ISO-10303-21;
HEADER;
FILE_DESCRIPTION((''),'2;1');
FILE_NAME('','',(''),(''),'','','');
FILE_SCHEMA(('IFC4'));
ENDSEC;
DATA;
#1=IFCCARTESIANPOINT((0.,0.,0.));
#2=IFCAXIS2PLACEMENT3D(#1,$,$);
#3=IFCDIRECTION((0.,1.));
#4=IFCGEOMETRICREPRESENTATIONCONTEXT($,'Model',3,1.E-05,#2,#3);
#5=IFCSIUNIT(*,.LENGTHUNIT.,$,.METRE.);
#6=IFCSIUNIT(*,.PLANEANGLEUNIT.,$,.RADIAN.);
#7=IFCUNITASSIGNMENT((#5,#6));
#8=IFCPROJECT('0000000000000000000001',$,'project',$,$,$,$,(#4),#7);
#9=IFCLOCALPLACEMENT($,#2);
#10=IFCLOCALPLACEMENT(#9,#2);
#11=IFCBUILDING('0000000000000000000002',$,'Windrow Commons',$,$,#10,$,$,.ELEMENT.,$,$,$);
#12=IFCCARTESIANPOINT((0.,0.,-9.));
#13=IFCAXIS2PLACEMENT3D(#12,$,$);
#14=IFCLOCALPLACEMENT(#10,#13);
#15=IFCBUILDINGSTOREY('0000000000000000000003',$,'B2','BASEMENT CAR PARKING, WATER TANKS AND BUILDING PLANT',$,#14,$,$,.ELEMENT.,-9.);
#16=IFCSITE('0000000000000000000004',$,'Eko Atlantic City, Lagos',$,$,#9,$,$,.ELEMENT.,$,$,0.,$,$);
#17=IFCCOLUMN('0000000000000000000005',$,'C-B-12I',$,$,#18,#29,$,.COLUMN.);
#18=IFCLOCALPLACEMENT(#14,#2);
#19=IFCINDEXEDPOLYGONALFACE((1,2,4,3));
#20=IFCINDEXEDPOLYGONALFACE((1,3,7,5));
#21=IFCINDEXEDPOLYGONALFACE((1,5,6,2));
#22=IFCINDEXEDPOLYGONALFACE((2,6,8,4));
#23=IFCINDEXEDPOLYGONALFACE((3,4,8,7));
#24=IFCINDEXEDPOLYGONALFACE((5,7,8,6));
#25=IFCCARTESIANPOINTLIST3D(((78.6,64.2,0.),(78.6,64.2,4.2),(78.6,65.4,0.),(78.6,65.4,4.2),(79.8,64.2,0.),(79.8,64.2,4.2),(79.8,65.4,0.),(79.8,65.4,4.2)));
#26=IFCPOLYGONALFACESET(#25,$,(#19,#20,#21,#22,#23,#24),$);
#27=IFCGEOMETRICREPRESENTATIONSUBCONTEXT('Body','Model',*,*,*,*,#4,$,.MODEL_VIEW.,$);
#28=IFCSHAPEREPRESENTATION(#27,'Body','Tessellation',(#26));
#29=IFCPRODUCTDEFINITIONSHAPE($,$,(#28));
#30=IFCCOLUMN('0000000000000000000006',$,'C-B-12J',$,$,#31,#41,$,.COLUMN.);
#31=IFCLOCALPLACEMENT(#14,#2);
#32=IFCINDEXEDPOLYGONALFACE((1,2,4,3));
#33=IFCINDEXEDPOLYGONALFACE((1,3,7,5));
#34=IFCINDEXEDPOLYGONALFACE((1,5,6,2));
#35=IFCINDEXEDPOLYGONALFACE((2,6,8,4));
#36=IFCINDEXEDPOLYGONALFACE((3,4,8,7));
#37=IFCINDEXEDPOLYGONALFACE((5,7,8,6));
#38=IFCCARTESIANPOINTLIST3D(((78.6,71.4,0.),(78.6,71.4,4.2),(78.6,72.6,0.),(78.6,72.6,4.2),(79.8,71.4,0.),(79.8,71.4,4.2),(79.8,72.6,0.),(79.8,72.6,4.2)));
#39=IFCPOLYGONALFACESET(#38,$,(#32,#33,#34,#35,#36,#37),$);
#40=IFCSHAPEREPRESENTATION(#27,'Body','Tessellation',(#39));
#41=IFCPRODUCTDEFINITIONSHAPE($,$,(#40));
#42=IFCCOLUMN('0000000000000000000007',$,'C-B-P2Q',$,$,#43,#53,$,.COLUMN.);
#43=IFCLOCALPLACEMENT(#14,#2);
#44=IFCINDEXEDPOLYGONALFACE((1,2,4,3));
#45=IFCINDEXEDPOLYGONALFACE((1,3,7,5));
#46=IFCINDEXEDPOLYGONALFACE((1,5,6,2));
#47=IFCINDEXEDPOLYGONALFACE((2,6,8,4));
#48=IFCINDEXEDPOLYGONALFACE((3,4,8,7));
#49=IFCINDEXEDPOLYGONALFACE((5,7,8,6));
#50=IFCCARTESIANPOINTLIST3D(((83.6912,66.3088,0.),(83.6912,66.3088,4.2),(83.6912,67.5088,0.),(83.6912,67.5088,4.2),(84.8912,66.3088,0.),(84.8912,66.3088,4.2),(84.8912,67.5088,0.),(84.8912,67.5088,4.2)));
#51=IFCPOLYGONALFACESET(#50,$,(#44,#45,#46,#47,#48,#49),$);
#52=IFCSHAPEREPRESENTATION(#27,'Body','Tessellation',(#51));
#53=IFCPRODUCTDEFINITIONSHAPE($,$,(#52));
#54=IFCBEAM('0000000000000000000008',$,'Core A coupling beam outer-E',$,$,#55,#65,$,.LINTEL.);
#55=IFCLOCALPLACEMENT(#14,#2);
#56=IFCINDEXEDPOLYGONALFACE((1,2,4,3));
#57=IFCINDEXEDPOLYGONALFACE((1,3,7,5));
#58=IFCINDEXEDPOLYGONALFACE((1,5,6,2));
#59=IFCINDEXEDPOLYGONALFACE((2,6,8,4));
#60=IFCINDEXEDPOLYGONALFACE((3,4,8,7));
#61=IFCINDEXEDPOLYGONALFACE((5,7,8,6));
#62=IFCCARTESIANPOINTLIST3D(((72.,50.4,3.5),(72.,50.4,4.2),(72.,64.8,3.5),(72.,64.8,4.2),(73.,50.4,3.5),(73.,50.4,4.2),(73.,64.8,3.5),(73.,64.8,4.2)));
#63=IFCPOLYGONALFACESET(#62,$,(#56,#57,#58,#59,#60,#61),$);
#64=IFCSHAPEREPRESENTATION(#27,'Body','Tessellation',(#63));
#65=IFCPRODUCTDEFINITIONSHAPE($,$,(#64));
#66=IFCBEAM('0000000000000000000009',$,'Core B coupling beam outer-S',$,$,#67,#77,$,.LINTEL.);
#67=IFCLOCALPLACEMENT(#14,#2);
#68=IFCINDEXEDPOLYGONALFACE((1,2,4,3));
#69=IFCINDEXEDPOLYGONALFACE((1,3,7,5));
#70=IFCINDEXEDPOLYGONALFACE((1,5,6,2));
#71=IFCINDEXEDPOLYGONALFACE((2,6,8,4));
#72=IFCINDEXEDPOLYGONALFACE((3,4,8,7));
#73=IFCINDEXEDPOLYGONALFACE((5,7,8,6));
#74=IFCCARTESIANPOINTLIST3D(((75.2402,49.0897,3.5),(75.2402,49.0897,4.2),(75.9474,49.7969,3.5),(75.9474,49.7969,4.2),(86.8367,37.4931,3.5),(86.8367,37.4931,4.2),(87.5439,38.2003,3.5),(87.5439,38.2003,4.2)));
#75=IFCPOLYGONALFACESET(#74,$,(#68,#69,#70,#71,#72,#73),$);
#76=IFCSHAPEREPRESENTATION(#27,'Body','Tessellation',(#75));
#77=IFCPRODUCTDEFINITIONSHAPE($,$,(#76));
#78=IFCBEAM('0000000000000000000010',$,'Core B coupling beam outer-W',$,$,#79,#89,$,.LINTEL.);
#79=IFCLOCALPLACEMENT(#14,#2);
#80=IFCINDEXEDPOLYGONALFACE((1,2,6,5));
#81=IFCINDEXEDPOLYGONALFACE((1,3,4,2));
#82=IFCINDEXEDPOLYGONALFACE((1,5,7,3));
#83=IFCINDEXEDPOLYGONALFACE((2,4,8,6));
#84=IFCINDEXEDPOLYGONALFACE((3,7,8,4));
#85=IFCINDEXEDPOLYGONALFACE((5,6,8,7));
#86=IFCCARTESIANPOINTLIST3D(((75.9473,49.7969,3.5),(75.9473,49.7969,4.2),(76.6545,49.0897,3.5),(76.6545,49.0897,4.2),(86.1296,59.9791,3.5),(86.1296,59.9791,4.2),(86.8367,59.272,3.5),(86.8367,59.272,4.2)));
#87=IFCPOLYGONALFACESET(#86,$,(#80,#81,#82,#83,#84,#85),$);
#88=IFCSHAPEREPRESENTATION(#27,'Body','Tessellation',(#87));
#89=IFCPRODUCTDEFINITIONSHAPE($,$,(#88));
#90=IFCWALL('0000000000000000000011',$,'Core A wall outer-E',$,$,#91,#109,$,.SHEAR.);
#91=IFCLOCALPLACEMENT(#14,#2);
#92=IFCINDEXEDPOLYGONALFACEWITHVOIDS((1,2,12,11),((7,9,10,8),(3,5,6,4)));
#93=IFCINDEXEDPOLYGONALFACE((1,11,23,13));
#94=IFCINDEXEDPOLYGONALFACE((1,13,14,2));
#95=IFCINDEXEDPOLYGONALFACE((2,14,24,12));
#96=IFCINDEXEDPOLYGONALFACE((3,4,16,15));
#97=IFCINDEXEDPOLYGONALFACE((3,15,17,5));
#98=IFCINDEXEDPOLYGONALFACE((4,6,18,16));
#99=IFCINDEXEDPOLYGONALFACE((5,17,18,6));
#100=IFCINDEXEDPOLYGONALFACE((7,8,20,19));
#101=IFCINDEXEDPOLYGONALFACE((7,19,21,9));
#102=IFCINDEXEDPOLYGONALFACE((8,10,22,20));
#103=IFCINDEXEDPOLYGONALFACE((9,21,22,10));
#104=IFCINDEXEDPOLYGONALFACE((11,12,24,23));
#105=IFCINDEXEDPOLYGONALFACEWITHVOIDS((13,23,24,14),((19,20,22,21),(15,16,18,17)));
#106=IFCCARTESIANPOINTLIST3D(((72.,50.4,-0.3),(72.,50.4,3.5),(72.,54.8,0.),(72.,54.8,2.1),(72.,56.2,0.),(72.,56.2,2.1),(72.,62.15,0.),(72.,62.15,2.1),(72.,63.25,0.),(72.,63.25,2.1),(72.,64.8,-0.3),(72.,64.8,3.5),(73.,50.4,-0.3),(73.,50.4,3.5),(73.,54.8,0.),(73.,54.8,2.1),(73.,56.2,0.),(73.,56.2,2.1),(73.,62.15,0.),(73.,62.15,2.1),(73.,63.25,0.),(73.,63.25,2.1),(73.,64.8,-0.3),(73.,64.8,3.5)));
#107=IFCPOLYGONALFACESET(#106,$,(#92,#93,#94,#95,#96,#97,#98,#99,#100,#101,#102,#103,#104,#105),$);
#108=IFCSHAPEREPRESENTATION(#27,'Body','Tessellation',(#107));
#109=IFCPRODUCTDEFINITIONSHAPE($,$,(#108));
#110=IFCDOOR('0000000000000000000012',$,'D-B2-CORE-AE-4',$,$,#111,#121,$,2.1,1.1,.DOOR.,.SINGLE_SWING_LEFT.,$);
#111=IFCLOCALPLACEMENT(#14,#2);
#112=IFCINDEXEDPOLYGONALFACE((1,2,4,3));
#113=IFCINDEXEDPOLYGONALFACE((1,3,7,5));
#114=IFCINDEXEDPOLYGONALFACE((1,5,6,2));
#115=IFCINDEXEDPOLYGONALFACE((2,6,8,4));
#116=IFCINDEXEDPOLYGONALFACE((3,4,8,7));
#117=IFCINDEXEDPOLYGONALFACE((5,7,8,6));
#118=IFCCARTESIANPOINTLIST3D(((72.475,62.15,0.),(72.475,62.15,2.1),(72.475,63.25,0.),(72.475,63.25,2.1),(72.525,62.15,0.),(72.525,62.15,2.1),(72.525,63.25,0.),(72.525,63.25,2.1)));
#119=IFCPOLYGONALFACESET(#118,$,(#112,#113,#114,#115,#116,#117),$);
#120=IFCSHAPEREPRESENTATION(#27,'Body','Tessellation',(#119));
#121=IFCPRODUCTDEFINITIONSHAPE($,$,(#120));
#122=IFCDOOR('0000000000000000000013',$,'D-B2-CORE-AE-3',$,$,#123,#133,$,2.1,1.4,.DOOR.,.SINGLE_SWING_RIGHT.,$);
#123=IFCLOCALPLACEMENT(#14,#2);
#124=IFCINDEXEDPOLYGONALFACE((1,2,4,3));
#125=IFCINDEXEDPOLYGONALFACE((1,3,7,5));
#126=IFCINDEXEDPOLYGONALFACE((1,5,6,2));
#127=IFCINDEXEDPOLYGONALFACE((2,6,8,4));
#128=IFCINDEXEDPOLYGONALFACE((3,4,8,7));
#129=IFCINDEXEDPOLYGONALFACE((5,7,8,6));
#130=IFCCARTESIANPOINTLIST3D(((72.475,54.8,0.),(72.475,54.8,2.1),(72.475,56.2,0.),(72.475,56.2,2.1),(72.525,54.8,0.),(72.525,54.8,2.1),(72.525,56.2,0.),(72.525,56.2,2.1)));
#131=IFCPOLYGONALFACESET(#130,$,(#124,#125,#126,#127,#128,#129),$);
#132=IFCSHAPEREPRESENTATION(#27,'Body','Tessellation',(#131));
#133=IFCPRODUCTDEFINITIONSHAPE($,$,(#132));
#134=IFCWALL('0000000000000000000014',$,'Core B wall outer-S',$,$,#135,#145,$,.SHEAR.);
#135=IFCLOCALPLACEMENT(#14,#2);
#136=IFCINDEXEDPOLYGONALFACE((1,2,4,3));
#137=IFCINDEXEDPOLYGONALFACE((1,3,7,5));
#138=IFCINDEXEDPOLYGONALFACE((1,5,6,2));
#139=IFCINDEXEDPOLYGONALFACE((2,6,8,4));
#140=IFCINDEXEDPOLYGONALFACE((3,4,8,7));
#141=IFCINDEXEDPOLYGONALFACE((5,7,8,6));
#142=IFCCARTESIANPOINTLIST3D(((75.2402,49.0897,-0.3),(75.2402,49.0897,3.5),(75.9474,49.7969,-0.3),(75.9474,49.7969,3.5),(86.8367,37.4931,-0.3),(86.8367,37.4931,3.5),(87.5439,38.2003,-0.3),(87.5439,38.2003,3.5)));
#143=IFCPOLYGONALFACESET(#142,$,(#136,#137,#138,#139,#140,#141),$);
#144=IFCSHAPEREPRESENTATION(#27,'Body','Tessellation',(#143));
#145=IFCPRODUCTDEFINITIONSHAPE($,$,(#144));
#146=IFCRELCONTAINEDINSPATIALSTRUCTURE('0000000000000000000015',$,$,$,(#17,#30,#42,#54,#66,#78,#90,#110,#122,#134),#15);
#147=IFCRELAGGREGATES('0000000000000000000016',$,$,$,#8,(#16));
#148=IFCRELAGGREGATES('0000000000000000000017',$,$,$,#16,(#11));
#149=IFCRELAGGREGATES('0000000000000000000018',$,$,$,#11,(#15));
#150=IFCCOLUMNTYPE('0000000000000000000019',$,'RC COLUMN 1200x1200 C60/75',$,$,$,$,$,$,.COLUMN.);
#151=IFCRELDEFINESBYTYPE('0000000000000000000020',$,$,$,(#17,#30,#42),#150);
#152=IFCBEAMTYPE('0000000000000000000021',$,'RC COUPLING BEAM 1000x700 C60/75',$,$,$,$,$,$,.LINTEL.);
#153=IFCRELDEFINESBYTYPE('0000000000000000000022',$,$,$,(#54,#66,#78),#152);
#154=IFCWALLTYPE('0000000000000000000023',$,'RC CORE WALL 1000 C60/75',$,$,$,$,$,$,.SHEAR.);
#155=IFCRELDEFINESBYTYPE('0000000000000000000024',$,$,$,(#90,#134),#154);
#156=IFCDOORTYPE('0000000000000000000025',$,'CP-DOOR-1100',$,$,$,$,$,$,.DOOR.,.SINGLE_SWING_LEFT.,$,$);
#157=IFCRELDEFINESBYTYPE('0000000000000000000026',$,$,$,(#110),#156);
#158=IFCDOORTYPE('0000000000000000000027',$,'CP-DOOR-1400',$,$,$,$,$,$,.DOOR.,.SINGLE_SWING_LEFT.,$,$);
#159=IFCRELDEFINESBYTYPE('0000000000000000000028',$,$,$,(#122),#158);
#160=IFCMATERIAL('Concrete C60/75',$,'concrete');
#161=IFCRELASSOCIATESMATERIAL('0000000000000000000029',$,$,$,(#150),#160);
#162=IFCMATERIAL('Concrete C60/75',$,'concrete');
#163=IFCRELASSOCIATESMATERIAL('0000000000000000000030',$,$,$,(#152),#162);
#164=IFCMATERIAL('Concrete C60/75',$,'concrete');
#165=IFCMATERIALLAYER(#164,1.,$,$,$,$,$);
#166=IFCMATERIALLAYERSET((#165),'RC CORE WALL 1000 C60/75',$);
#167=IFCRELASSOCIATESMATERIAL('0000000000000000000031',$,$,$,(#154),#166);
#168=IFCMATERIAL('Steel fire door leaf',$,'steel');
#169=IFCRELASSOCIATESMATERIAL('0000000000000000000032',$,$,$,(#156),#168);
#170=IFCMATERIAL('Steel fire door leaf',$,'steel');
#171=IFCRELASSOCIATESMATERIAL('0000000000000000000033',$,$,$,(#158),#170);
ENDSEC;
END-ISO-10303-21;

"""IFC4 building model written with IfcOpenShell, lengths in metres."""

from ifc_helpers import new_model, si_unit, direction, frame, frame_2d, origin, origin_2d, place, context, subcontext, project, spatial, rectangle, extrude, material, layer, layer_set, material_profile, profile_set, type_object, element, fill, save


model = new_model("IFC4")

# Units and contexts
model_context = context("Model", 3, precision=1e-05, world=origin(), true_north=direction((0.0, 1.0)))
body_context = subcontext(model_context, "Body", "Model", "MODEL_VIEW")
ifc_project = project(units=[si_unit("LENGTHUNIT", "METRE"), si_unit("PLANEANGLEUNIT", "RADIAN")], contexts=[model_context])

# Site, building, storey
site_placement = place(None, origin())
site = spatial("IfcSite", under=ifc_project, at=site_placement, Name="Eko Atlantic City, Lagos", CompositionType="ELEMENT", RefElevation=0.0)
building_placement = place(site_placement, origin())
building = spatial("IfcBuilding", under=site, at=building_placement, Name="Windrow Commons", CompositionType="ELEMENT")
storey_placement = place(building_placement, frame((0.0, 0.0, -9.0)))
storey = spatial("IfcBuildingStorey", under=building, at=storey_placement, Name="B2", Description="BASEMENT CAR PARKING, WATER TANKS AND BUILDING PLANT", CompositionType="ELEMENT", Elevation=-9.0)

# Columns
ifc_material_1 = material(Name="Concrete C60/75", Category="concrete")
ifc_material_profile_1 = material_profile(ifc_material_1, rectangle(XDim=1.2, YDim=1.2, at=origin_2d()))
ifc_profile_set_1 = profile_set([ifc_material_profile_1], Name="Concrete C60/75")
column_type = type_object("IfcColumnType", Name="RC COLUMN 1200x1200 C60/75", PredefinedType="COLUMN", material=ifc_profile_set_1)
for number, where, z_axis, x_axis, name in (
    (1, (79.2, 64.8, 0.0), (0.0, 0.0, 1.0), (1.0, 0.0, 0.0), "C-B-12I"),
    (2, (79.2, 72.0, 0.0), (0.0, 0.0, 1.0), (1.0, 0.0, 0.0), "C-B-12J"),
    (3, (84.2912, 66.9088, 0.0), (0.0, 0.0, 1.0), (1.0, 0.0, 0.0), "C-B-P2Q"),
):
    element("IfcColumn", number, at=place(storey_placement, frame(where, z_axis=z_axis, x_axis=x_axis)), inside=storey, type_object=column_type, Name=name, PredefinedType="COLUMN", context=body_context, shape_type="SweptSolid", body=[
        extrude(rectangle(XDim=1.2, YDim=1.2, at=origin_2d()), origin(), (0.0, 0.0, 1.0), 4.2),
    ])

# Beams
ifc_material_2 = material(Name="Concrete C60/75", Category="concrete")
ifc_material_profile_2 = material_profile(ifc_material_2, rectangle(XDim=1.0, YDim=0.7, at=origin_2d()))
ifc_profile_set_2 = profile_set([ifc_material_profile_2], Name="Concrete C60/75")
beam_type = type_object("IfcBeamType", Name="RC COUPLING BEAM 1000x700 C60/75", PredefinedType="LINTEL", material=ifc_profile_set_2)
beam_1_placement = place(storey_placement, frame((72.5, 50.4, 3.85), z_axis=(0.0, 1.0, 0.0), x_axis=(-1.0, 0.0, 0.0)))
element("IfcBeam", 4, at=beam_1_placement, inside=storey, type_object=beam_type, Name="Core A coupling beam outer-E", PredefinedType="LINTEL", context=body_context, shape_type="SweptSolid", body=[
    extrude(rectangle(XDim=1.0, YDim=0.7, at=origin_2d()), origin(), (0.0, 0.0, 1.0), 14.4),
])
beam_2_placement = place(storey_placement, frame((75.5938, 49.4433, 3.85), z_axis=(0.707104, -0.70711, 0.0), x_axis=(0.70711, 0.707104, 0.0)))
element("IfcBeam", 5, at=beam_2_placement, inside=storey, type_object=beam_type, Name="Core B coupling beam outer-S", PredefinedType="LINTEL", context=body_context, shape_type="SweptSolid", body=[
    extrude(rectangle(XDim=1.0, YDim=0.7, at=origin_2d()), origin(), (0.0, 0.0, 1.0), 16.4),
])
beam_3_placement = place(storey_placement, frame((76.3009, 49.4433, 3.85), z_axis=(0.707107, 0.707107, 0.0), x_axis=(-0.707107, 0.707107, 0.0)))
element("IfcBeam", 6, at=beam_3_placement, inside=storey, type_object=beam_type, Name="Core B coupling beam outer-W", PredefinedType="LINTEL", context=body_context, shape_type="SweptSolid", body=[
    extrude(rectangle(XDim=1.0, YDim=0.7, at=origin_2d()), origin(), (0.0, 0.0, 1.0), 14.3999),
])

# Wall, openings, doors
ifc_material_3 = material(Name="Concrete C60/75", Category="concrete")
ifc_layer_1 = layer(ifc_material_3, 1.0)
ifc_layer_set_1 = layer_set([ifc_layer_1], Name="RC CORE WALL 1000 C60/75")
wall_type_1 = type_object("IfcWallType", Name="RC CORE WALL 1000 C60/75", PredefinedType="SHEAR", material=ifc_layer_set_1)
wall_1_placement = place(storey_placement, frame((72.5, 50.4, -0.3), z_axis=(0.0, 0.0, 1.0), x_axis=(0.0, 1.0, 0.0)))
wall_1 = element("IfcWall", 7, at=wall_1_placement, inside=storey, type_object=wall_type_1, Name="Core A wall outer-E", PredefinedType="SHEAR", context=body_context, shape_type="SweptSolid", body=[
    extrude(rectangle(XDim=14.4, YDim=1.0, at=frame_2d((7.2, 0.0))), origin(), (0.0, 0.0, 1.0), 3.8),
])
opening_1_placement = place(wall_1_placement, frame((4.4, 0.0, 0.3)))
opening_1 = element("IfcOpeningElement", 8, at=opening_1_placement, cuts=wall_1, PredefinedType="OPENING", context=body_context, shape_type="SweptSolid", body=[
    extrude(rectangle(XDim=1.4, YDim=2.1, at=frame_2d((0.7, 1.05))), frame((0.0, 0.51, 0.0), z_axis=(0.0, -1.0, 0.0), x_axis=(1.0, 0.0, 0.0)), (0.0, 0.0, 1.0), 1.02),
])
opening_2_placement = place(wall_1_placement, frame((11.75, 0.0, 0.3)))
opening_2 = element("IfcOpeningElement", 9, at=opening_2_placement, cuts=wall_1, PredefinedType="OPENING", context=body_context, shape_type="SweptSolid", body=[
    extrude(rectangle(XDim=1.1, YDim=2.1, at=frame_2d((0.55, 1.05))), frame((0.0, 0.51, 0.0), z_axis=(0.0, -1.0, 0.0), x_axis=(1.0, 0.0, 0.0)), (0.0, 0.0, 1.0), 1.02),
])
ifc_material_4 = material(Name="Steel fire door leaf", Category="steel")
door_type_1 = type_object("IfcDoorType", Name="CP-DOOR-1100", OperationType="SINGLE_SWING_LEFT", PredefinedType="DOOR", material=ifc_material_4)
door_1_placement = place(opening_2_placement, origin())
door_1 = element("IfcDoor", 10, at=door_1_placement, inside=storey, type_object=door_type_1, Name="D-B2-CORE-AE-4", OperationType="SINGLE_SWING_LEFT", OverallHeight=2.1, OverallWidth=1.1, PredefinedType="DOOR", context=body_context, shape_type="SweptSolid", body=[
    extrude(rectangle(XDim=1.1, YDim=2.1, at=frame_2d((0.55, 1.05))), frame((0.0, 0.025, 0.0), z_axis=(0.0, -1.0, 0.0), x_axis=(1.0, 0.0, 0.0)), (0.0, 0.0, 1.0), 0.05),
])
fill(opening_2, door_1)
ifc_material_5 = material(Name="Steel fire door leaf", Category="steel")
door_type_2 = type_object("IfcDoorType", Name="CP-DOOR-1400", OperationType="SINGLE_SWING_LEFT", PredefinedType="DOOR", material=ifc_material_5)
door_2_placement = place(opening_1_placement, origin())
door_2 = element("IfcDoor", 11, at=door_2_placement, inside=storey, type_object=door_type_2, Name="D-B2-CORE-AE-3", OperationType="SINGLE_SWING_RIGHT", OverallHeight=2.1, OverallWidth=1.4, PredefinedType="DOOR", context=body_context, shape_type="SweptSolid", body=[
    extrude(rectangle(XDim=1.4, YDim=2.1, at=frame_2d((0.7, 1.05))), frame((0.0, 0.025, 0.0), z_axis=(0.0, -1.0, 0.0), x_axis=(1.0, 0.0, 0.0)), (0.0, 0.0, 1.0), 0.05),
])
fill(opening_1, door_2)

# Wall
wall_2_placement = place(storey_placement, frame((75.5938, 49.4433, -0.3), z_axis=(0.0, 0.0, 1.0), x_axis=(0.707104, -0.70711, 0.0)))
element("IfcWall", 12, at=wall_2_placement, inside=storey, type_object=wall_type_1, Name="Core B wall outer-S", PredefinedType="SHEAR", context=body_context, shape_type="SweptSolid", body=[
    extrude(rectangle(XDim=16.4, YDim=1.0, at=frame_2d((8.2, 0.0))), origin(), (0.0, 0.0, 1.0), 3.8),
])

save(model, "model.ifc")
